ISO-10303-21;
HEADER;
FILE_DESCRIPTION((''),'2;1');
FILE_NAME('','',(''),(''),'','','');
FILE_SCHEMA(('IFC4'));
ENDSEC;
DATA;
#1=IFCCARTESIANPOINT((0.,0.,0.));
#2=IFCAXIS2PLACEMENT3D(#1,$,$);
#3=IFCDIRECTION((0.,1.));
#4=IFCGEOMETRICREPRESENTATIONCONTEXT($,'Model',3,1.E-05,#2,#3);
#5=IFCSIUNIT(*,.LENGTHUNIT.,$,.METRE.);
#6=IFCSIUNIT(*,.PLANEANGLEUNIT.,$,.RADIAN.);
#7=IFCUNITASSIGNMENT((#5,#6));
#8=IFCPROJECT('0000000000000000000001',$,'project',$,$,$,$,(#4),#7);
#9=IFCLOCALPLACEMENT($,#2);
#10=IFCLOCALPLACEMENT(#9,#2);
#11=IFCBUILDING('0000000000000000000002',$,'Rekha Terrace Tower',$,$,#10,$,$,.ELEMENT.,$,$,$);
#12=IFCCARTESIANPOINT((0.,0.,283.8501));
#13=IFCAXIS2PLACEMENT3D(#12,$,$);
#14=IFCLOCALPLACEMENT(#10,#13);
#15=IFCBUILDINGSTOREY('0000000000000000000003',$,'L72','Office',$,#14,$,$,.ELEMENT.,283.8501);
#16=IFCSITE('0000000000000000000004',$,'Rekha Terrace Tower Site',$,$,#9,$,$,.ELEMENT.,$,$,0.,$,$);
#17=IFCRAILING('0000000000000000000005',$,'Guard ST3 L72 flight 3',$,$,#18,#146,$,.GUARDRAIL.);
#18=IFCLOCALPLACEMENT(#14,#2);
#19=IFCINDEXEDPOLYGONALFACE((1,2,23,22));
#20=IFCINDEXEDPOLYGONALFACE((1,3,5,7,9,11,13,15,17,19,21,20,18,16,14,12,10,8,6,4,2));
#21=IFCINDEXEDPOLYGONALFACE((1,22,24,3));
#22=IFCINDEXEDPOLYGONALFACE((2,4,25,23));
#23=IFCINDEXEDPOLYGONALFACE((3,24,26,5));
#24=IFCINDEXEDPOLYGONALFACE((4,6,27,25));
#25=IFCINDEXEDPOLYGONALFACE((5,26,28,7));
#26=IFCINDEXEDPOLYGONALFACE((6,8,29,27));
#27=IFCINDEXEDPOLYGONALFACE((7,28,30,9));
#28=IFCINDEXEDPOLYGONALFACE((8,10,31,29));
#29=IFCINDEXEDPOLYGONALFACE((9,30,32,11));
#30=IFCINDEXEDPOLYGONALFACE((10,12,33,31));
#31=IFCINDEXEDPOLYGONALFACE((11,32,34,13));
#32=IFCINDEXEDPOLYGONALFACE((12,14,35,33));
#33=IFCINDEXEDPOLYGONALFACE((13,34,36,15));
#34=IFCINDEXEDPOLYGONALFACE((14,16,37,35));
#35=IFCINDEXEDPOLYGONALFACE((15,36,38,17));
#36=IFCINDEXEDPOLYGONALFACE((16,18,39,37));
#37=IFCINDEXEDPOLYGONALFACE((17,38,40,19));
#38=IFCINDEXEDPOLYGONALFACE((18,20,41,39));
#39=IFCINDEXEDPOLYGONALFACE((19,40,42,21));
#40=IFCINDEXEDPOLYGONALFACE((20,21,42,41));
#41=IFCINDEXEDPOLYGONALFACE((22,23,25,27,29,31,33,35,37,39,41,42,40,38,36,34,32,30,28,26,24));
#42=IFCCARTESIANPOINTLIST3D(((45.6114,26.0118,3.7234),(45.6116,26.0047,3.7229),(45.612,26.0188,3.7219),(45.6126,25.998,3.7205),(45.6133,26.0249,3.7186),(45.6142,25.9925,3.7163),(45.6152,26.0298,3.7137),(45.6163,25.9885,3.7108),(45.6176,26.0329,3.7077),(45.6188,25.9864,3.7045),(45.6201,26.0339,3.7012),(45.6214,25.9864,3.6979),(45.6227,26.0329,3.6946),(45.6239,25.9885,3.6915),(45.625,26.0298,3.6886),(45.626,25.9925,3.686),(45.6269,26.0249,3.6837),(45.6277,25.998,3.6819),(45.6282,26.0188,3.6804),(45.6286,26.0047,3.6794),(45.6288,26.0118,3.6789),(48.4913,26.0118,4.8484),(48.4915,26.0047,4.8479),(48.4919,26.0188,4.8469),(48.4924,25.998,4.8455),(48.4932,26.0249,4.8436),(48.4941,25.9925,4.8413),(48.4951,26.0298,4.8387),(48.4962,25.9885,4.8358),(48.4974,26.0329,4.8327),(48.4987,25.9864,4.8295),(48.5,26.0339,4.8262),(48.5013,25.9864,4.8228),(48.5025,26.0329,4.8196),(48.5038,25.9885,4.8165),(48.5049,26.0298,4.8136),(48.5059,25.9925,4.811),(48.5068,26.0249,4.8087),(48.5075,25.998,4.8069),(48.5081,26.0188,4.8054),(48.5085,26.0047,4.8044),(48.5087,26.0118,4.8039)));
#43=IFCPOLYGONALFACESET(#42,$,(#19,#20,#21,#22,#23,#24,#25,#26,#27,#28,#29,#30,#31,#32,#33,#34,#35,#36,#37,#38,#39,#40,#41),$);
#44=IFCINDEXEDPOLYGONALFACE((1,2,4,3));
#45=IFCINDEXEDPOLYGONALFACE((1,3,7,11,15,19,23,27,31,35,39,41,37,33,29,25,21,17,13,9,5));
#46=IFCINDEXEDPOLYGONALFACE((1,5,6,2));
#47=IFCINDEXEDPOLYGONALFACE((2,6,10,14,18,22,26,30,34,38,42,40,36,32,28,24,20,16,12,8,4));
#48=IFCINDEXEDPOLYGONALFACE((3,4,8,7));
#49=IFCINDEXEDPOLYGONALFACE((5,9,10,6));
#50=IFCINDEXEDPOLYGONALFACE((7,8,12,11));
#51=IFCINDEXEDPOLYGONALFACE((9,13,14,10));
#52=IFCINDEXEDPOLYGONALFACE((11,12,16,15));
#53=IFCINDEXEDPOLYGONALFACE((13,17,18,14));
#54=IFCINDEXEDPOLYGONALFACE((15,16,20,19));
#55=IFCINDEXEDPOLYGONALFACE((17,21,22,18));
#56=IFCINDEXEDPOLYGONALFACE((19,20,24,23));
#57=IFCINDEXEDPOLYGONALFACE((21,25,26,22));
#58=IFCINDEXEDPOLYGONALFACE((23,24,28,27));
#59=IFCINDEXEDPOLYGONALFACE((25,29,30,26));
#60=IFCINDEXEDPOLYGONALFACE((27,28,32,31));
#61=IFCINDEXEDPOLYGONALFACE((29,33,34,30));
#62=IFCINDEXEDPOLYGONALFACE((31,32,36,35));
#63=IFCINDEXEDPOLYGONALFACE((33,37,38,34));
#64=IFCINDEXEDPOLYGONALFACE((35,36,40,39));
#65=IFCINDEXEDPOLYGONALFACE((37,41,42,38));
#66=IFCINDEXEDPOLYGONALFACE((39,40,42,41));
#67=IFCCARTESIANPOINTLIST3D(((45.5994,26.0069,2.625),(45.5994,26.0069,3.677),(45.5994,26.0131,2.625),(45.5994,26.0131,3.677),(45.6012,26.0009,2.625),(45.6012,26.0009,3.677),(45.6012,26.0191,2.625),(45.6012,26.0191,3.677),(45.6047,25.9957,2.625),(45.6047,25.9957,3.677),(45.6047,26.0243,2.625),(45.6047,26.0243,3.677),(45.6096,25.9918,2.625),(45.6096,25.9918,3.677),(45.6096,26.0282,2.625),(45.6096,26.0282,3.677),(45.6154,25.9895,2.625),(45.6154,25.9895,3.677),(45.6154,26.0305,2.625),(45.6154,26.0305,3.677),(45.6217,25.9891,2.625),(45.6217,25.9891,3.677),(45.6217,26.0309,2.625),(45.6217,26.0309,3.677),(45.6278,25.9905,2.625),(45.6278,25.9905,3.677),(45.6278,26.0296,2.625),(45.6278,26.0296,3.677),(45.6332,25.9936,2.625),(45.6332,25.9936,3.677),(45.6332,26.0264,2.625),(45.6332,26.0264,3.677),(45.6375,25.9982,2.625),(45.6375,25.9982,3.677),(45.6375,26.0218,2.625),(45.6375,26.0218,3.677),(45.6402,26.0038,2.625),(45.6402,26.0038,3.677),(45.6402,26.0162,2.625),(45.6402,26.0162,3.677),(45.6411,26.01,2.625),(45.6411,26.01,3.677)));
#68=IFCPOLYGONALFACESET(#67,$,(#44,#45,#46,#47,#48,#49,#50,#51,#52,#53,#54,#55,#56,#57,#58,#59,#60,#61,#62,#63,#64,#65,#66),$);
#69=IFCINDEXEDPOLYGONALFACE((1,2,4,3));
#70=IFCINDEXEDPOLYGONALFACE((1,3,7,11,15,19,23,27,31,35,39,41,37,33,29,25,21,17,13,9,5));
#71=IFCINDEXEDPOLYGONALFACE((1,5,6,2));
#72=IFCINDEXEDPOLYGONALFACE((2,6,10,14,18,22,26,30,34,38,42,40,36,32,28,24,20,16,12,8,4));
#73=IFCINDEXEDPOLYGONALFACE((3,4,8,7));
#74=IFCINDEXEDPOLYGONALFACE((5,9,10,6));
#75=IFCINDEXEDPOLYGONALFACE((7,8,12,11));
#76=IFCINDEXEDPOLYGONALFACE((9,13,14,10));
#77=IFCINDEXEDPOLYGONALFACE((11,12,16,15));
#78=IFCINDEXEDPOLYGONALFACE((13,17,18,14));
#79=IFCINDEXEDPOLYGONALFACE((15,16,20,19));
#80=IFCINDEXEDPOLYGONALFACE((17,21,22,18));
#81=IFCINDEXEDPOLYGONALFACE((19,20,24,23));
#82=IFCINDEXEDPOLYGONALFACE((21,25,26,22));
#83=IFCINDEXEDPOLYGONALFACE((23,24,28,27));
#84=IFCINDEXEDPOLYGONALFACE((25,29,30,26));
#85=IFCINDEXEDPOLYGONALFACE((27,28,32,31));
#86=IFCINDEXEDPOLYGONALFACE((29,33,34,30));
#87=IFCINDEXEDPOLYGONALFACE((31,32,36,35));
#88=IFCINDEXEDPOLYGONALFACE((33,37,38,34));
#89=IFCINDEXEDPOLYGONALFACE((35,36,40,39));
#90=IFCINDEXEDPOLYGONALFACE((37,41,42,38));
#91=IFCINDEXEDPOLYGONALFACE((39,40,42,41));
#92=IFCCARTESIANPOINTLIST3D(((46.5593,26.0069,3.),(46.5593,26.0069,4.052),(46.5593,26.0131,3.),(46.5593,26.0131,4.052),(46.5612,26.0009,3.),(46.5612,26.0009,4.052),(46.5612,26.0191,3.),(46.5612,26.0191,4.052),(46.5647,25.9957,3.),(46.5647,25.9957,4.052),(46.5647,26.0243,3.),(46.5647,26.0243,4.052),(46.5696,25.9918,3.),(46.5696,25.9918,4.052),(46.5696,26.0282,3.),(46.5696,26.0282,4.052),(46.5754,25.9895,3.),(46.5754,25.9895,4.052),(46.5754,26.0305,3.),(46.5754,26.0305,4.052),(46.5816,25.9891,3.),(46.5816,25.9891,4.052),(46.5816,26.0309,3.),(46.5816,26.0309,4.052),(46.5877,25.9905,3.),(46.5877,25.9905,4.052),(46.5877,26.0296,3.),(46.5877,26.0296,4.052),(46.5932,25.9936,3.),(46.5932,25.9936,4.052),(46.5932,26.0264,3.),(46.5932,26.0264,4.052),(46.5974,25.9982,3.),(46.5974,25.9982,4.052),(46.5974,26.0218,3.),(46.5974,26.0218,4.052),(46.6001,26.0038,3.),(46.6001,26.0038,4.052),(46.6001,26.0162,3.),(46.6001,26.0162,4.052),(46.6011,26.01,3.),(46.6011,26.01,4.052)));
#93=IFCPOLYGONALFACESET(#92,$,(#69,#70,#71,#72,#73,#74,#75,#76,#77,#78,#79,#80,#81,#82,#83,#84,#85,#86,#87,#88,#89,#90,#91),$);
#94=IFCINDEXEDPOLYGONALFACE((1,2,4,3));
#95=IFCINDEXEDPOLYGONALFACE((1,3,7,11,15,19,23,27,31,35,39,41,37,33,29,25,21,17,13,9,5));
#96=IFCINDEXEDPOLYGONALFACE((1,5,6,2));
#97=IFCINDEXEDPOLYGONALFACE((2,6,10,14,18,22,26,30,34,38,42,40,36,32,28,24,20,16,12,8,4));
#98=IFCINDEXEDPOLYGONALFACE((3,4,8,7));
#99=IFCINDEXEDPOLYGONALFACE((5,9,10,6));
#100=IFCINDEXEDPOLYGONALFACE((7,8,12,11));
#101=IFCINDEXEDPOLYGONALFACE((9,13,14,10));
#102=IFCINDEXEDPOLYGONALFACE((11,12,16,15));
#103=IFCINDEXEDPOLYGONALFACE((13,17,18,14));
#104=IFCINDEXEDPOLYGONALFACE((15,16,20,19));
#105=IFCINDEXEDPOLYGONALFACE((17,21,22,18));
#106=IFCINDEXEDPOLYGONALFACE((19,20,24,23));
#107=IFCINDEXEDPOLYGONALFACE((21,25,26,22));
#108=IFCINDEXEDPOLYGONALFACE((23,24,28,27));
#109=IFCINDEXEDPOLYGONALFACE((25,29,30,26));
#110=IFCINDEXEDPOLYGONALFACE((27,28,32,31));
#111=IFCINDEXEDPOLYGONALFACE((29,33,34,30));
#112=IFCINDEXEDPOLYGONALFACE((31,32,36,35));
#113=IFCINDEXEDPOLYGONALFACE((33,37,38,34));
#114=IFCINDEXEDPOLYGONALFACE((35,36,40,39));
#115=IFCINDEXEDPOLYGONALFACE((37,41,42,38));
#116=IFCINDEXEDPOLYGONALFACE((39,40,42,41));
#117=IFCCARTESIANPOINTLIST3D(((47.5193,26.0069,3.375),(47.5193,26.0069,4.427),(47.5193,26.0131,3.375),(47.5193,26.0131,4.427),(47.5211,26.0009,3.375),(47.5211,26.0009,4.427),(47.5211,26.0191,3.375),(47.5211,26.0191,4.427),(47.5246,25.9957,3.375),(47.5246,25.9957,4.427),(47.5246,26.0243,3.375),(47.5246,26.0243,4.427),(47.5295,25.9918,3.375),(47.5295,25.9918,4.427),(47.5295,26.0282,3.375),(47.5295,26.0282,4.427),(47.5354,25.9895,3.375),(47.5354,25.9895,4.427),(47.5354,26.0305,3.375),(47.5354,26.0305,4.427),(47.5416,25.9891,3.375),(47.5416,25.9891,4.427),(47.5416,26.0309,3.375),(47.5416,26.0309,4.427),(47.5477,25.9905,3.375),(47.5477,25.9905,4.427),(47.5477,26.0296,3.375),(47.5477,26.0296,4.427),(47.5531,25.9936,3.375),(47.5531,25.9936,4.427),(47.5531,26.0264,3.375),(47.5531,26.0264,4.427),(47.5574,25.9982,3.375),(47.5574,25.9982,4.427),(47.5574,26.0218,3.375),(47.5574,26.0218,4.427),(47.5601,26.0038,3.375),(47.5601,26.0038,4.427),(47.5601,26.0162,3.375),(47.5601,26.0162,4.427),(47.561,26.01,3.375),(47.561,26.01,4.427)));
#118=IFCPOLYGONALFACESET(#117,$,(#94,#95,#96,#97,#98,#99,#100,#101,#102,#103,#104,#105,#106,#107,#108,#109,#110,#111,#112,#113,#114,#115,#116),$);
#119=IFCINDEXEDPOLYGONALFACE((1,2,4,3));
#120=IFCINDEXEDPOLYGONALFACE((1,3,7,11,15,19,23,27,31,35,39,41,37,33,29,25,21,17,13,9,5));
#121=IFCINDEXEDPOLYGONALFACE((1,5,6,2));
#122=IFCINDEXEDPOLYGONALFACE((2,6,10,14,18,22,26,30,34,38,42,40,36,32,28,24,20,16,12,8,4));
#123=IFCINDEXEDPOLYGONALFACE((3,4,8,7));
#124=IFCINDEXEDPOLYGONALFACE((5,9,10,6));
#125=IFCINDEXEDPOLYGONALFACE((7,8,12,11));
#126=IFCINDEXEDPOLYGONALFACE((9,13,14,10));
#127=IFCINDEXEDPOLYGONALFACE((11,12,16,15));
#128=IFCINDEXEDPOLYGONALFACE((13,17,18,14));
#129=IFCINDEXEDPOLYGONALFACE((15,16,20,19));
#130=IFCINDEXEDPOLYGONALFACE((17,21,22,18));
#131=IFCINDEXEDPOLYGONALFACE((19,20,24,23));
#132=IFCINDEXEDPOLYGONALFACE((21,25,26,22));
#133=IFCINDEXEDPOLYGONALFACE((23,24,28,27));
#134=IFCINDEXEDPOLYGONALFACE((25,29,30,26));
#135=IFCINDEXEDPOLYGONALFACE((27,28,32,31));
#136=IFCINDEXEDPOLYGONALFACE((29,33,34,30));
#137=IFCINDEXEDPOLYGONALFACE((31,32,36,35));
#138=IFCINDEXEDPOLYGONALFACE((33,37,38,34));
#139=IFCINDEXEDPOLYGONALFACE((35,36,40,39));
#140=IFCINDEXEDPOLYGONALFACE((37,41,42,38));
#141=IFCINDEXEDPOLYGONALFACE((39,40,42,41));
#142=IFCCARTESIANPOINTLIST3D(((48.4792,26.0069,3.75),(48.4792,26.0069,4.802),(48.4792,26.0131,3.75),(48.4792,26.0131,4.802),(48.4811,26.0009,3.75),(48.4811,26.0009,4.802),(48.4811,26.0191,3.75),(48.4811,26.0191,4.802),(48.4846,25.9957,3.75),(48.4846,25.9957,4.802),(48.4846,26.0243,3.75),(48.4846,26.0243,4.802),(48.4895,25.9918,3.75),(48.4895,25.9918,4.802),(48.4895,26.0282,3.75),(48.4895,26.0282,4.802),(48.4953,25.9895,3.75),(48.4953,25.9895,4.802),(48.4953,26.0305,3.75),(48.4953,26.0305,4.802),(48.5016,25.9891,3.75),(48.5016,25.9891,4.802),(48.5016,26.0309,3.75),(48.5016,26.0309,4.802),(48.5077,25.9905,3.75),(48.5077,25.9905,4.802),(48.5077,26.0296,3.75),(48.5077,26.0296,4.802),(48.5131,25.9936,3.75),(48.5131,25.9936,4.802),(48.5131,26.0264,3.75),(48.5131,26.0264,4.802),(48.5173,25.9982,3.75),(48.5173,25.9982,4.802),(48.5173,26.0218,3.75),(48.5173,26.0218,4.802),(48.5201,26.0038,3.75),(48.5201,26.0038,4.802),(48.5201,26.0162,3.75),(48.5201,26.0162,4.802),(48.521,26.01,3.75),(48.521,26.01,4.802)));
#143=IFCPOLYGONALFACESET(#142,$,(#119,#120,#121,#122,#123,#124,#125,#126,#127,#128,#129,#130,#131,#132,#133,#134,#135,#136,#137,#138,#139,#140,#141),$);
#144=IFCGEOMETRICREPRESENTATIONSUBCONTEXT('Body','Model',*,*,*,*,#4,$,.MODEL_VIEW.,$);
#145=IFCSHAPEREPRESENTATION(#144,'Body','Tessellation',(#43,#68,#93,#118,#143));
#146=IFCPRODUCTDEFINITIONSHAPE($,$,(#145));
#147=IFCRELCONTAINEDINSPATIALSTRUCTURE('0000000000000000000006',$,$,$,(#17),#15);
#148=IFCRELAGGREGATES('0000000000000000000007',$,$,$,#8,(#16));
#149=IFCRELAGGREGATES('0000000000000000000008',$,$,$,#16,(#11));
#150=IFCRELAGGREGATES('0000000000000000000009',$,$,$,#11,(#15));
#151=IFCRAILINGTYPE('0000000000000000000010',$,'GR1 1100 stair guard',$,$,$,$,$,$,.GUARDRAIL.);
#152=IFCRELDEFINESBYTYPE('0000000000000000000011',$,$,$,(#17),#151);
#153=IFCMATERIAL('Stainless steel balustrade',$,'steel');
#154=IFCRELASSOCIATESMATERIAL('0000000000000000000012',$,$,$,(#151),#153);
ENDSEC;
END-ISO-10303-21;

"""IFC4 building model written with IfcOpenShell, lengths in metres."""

from ifc_helpers import new_model, si_unit, direction, frame, origin, origin_2d, place, context, subcontext, project, spatial, circle, extrude, material, type_object, element, save


model = new_model("IFC4")

# Units and contexts
model_context = context("Model", 3, precision=1e-05, world=origin(), true_north=direction((0.0, 1.0)))
body_context = subcontext(model_context, "Body", "Model", "MODEL_VIEW")
ifc_project = project(units=[si_unit("LENGTHUNIT", "METRE"), si_unit("PLANEANGLEUNIT", "RADIAN")], contexts=[model_context])

# Site, building, storey
site_placement = place(None, origin())
site = spatial("IfcSite", under=ifc_project, at=site_placement, Name="Rekha Terrace Tower Site", CompositionType="ELEMENT", RefElevation=0.0)
building_placement = place(site_placement, origin())
building = spatial("IfcBuilding", under=site, at=building_placement, Name="Rekha Terrace Tower", CompositionType="ELEMENT")
storey_placement = place(building_placement, frame((0.0, 0.0, 283.8501)))
storey = spatial("IfcBuildingStorey", under=building, at=storey_placement, Name="L72", Description="Office", CompositionType="ELEMENT", Elevation=283.8501)

# Railing
ifc_material_1 = material(Name="Stainless steel balustrade", Category="steel")
railing_type_1 = type_object("IfcRailingType", Name="GR1 1100 stair guard", PredefinedType="GUARDRAIL", material=ifc_material_1)
railing_1_placement = place(storey_placement, frame((45.6201, 26.01, 2.625)))
element("IfcRailing", 1, at=railing_1_placement, inside=storey, type_object=railing_type_1, Name="Guard ST3 L72 flight 3", PredefinedType="GUARDRAIL", context=body_context, shape_type="SweptSolid", body=[
    extrude(circle(Radius=0.0239, at=origin_2d()), frame((0.0, 0.0, 1.0762), z_axis=(0.931452, 0.0, 0.363863), x_axis=(0.0, 1.0, 0.0)), (0.0, 0.0, 1.0), 3.0918),
    extrude(circle(Radius=0.021, at=origin_2d()), origin(), (0.0, 0.0, 1.0), 1.052),
    extrude(circle(Radius=0.021, at=origin_2d()), frame((0.96, 0.0, 0.375)), (0.0, 0.0, 1.0), 1.052),
    extrude(circle(Radius=0.021, at=origin_2d()), frame((1.9199, 0.0, 0.75)), (0.0, 0.0, 1.0), 1.052),
    extrude(circle(Radius=0.021, at=origin_2d()), frame((2.8799, 0.0, 1.125)), (0.0, 0.0, 1.0), 1.052),
])

save(model, "model.ifc")
